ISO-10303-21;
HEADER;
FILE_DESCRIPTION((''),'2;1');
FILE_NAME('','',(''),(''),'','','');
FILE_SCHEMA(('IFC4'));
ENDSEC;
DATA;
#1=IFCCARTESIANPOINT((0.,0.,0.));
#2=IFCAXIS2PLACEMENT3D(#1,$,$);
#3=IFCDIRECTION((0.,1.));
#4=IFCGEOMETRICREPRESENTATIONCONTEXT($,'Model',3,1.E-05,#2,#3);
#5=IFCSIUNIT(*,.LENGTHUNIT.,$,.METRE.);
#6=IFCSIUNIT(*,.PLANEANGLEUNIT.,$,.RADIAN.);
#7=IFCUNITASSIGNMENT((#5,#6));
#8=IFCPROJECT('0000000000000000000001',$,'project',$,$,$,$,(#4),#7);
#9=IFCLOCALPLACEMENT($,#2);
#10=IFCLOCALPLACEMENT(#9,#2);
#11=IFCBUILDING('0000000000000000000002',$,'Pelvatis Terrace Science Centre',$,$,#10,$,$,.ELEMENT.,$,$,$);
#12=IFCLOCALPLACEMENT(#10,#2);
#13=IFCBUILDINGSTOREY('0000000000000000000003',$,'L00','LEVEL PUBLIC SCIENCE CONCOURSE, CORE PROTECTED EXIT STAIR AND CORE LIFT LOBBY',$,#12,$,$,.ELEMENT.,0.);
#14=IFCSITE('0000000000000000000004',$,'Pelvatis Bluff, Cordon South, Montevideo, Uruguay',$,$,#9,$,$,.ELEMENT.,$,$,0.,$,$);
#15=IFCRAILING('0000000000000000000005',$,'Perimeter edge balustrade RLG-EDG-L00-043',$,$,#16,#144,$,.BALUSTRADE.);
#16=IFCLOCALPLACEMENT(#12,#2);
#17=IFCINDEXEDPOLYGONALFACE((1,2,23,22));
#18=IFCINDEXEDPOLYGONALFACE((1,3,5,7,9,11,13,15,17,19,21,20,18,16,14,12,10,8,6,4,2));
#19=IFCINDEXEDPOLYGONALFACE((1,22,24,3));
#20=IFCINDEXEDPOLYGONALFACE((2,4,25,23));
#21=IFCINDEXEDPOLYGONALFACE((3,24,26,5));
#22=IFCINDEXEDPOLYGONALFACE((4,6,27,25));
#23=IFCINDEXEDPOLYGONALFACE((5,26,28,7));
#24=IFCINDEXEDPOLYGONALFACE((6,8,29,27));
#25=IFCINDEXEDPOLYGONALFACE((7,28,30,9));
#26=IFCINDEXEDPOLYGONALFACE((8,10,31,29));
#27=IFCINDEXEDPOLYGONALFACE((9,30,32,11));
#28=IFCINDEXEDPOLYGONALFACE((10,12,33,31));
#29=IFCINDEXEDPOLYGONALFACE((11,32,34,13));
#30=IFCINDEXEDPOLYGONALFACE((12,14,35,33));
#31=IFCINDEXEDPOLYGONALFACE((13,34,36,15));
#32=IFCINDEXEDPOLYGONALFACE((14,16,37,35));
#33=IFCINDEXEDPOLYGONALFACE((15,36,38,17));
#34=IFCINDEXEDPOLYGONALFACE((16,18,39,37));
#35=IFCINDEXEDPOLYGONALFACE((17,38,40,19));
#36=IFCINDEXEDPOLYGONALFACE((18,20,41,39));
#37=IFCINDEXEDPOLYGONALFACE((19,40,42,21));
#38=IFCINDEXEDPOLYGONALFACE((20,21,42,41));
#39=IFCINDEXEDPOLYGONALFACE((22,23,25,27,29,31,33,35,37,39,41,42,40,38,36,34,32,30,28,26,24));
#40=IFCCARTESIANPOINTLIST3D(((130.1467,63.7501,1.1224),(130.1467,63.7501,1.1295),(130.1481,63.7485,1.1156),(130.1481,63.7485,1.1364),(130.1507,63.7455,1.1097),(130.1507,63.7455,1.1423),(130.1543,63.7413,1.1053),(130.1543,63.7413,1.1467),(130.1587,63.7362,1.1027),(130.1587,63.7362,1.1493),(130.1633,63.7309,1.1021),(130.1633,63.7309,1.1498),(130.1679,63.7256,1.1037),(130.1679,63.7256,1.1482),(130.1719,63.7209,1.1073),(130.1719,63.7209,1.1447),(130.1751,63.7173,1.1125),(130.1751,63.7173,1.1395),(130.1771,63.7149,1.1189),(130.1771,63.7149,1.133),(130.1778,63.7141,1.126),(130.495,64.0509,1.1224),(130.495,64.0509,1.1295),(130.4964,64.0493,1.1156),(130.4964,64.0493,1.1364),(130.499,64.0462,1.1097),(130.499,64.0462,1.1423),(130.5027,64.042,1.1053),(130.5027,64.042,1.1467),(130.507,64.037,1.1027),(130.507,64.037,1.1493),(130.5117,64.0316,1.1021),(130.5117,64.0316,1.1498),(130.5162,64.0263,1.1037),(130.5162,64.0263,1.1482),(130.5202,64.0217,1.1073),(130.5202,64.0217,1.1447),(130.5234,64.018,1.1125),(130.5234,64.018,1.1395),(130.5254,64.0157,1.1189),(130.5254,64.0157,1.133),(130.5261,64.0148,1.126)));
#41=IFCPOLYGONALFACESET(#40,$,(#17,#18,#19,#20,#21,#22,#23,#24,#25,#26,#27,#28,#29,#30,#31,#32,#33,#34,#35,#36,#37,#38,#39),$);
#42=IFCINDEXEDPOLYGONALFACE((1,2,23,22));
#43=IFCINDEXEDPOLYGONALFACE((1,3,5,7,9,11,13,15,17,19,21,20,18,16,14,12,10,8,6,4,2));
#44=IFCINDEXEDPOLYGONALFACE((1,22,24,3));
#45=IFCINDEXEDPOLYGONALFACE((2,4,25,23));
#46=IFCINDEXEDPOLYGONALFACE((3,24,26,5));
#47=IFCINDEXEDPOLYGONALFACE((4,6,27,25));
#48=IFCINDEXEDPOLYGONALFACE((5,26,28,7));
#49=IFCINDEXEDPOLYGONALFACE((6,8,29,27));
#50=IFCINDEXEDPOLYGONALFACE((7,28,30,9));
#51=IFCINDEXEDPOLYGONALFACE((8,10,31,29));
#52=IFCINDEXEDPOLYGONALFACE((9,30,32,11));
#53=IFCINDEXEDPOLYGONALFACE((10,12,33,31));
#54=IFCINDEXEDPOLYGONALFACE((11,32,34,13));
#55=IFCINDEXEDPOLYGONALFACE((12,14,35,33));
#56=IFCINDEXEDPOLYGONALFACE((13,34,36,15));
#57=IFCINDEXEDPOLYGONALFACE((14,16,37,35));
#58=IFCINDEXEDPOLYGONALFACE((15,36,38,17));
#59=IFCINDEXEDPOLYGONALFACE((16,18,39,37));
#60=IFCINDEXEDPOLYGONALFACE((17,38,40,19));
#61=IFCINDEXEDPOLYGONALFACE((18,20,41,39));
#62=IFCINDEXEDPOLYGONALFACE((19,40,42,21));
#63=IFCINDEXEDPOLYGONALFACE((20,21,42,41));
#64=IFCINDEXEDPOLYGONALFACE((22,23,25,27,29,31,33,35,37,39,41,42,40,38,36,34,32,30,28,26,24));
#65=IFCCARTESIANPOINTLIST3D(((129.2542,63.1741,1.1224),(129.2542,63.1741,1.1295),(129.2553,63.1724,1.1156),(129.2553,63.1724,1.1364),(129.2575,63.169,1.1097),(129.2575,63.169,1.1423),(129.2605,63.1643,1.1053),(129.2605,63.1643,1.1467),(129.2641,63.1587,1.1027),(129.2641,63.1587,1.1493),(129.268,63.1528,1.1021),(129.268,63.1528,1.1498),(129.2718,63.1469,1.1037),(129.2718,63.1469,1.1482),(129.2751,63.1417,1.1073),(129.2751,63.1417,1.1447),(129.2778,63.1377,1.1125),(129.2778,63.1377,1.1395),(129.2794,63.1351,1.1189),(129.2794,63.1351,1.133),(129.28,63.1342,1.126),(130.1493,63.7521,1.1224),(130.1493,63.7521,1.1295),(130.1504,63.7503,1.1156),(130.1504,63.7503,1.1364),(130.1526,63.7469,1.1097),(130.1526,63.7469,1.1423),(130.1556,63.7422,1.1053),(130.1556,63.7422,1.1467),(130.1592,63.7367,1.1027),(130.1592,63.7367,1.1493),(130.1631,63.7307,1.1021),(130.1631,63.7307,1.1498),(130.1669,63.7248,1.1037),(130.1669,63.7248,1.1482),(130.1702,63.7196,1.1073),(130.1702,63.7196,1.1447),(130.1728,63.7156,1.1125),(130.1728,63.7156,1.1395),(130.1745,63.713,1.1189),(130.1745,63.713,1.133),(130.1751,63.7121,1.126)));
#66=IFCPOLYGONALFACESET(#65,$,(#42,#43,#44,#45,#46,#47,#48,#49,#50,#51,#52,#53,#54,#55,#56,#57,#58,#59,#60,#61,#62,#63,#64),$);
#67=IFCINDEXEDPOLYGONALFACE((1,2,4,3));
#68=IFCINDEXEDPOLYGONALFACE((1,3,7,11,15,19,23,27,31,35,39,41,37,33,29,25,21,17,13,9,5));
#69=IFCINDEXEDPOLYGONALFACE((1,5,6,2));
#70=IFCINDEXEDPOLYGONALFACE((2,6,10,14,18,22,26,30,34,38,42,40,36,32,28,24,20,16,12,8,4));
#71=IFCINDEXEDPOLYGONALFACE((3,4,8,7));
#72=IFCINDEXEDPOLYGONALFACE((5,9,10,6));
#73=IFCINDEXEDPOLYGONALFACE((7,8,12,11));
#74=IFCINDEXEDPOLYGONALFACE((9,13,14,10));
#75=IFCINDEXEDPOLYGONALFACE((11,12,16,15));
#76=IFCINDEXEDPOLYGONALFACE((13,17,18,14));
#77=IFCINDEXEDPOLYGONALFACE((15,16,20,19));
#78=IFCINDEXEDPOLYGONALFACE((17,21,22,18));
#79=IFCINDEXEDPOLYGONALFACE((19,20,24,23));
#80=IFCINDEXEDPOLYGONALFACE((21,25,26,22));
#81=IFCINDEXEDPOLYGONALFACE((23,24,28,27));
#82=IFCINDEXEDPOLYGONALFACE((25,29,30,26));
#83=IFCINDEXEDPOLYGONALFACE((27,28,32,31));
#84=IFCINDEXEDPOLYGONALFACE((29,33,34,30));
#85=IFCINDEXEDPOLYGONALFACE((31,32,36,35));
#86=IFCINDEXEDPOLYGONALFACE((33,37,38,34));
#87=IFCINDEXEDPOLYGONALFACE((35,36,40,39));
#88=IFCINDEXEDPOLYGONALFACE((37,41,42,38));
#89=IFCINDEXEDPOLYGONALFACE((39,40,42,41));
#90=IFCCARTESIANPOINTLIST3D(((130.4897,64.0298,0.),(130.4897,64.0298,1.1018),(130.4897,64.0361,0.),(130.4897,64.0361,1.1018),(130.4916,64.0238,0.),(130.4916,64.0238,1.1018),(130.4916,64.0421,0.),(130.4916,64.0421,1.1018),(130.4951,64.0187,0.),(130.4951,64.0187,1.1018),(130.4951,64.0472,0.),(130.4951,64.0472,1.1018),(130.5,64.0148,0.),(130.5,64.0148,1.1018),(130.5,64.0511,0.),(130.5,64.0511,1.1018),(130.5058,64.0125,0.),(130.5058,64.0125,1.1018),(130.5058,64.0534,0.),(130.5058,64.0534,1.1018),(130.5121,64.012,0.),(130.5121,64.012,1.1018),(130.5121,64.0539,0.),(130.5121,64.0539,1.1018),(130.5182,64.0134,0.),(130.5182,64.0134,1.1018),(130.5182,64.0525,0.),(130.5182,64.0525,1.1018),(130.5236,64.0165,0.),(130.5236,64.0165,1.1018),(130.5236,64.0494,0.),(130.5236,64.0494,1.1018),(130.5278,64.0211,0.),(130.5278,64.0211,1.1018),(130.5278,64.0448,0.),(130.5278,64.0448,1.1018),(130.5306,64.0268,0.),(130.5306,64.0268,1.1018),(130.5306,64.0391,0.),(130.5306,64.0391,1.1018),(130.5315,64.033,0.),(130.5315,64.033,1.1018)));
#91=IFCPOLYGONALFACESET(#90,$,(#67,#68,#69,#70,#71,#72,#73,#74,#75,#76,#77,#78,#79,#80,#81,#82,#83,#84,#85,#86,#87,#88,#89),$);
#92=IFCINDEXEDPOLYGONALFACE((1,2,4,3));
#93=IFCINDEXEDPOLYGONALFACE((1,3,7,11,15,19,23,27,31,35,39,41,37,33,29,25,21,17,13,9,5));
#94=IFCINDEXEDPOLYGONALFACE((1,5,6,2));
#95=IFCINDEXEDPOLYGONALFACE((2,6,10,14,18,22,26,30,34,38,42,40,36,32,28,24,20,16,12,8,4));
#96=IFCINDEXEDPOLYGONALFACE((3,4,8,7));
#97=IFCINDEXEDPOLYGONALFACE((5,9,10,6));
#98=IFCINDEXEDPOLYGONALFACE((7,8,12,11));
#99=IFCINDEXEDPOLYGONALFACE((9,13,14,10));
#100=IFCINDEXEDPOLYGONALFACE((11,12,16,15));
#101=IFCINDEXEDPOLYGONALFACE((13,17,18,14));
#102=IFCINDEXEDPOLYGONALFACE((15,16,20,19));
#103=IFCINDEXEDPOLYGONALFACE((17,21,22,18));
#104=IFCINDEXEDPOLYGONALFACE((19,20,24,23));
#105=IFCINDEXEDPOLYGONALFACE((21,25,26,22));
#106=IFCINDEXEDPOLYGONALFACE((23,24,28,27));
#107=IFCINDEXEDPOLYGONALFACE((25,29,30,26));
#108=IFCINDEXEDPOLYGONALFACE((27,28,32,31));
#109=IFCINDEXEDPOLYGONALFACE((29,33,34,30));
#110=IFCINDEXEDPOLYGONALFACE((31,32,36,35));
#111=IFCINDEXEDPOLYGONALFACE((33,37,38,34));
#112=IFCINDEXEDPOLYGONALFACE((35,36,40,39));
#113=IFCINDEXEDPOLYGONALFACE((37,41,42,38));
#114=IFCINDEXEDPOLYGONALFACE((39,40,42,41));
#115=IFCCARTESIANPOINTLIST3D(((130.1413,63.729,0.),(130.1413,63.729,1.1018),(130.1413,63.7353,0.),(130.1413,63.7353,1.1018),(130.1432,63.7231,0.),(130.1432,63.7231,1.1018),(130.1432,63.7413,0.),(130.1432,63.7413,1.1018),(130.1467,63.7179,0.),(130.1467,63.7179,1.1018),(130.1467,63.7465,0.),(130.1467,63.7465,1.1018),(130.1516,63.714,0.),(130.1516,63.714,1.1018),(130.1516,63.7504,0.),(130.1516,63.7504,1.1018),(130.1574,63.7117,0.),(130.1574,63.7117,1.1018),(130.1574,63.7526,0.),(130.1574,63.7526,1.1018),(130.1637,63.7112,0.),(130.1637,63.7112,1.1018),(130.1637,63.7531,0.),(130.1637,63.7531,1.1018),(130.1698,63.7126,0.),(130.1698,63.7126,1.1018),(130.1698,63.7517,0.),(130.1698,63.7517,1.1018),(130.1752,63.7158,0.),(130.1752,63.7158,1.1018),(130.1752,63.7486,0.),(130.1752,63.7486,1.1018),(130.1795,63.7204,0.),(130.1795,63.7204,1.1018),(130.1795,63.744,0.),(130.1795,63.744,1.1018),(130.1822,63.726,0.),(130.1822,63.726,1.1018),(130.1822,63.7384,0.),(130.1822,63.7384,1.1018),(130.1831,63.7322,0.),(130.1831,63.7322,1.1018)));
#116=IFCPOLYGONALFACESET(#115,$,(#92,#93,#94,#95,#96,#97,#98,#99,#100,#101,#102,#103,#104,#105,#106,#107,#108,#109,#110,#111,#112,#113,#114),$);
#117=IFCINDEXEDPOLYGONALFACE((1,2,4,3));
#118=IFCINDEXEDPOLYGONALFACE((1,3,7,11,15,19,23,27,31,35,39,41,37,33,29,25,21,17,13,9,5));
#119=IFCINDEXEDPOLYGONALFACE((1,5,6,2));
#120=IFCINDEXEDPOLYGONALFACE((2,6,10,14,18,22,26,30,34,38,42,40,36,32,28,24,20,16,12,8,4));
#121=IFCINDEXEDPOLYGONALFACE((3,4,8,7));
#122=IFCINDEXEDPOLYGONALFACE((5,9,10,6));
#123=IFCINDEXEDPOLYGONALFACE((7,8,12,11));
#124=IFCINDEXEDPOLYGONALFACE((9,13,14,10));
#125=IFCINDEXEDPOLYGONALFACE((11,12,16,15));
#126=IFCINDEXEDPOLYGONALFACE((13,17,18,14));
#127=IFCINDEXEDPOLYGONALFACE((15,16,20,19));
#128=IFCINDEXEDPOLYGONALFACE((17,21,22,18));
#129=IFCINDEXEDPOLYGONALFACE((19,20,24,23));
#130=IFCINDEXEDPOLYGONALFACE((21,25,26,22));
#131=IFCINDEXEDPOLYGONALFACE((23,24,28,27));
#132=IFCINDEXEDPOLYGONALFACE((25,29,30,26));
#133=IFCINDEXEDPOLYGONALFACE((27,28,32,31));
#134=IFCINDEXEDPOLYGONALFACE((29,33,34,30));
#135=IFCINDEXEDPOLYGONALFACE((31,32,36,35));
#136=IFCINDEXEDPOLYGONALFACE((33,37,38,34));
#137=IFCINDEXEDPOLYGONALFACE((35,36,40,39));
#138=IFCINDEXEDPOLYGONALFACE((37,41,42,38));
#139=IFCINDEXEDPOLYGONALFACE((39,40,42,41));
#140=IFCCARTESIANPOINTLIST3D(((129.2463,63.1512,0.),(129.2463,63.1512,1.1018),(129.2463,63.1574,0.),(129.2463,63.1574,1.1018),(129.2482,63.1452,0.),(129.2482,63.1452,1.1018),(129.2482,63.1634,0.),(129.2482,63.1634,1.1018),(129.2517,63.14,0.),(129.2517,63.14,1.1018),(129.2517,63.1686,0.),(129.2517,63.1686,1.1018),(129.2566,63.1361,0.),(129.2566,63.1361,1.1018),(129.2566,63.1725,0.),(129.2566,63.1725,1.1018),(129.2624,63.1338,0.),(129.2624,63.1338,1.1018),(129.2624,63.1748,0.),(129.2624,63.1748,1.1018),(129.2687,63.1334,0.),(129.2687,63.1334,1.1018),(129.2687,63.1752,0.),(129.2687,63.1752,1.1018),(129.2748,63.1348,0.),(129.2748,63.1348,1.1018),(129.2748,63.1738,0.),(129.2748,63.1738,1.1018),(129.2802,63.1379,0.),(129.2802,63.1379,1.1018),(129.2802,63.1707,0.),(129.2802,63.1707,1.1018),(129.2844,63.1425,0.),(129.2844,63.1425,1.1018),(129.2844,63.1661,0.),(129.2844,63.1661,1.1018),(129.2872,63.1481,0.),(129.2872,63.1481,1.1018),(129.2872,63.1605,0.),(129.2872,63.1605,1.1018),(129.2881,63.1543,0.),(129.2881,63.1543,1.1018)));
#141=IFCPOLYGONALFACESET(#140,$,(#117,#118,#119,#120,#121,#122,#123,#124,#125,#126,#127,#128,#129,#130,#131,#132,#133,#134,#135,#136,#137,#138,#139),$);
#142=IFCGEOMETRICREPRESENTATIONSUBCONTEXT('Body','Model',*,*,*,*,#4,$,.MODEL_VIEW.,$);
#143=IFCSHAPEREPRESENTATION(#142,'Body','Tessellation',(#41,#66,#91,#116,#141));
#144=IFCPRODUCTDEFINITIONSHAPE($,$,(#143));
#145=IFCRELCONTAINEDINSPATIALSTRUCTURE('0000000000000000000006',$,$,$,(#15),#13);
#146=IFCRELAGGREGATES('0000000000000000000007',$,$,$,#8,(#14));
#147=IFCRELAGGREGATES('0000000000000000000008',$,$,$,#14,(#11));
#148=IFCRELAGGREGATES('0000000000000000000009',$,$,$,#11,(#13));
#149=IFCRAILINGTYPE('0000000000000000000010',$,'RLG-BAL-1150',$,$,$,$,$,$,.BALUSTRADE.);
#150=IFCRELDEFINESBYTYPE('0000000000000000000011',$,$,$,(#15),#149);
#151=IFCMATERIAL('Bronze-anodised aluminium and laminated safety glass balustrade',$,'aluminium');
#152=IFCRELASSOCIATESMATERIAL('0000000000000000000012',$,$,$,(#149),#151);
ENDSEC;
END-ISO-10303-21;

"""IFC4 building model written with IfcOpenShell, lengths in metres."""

from ifc_helpers import new_model, si_unit, direction, frame, origin, origin_2d, place, context, subcontext, project, spatial, circle, extrude, material, type_object, element, save


model = new_model("IFC4")

# Units and contexts
model_context = context("Model", 3, precision=1e-05, world=origin(), true_north=direction((0.0, 1.0)))
body_context = subcontext(model_context, "Body", "Model", "MODEL_VIEW")
ifc_project = project(units=[si_unit("LENGTHUNIT", "METRE"), si_unit("PLANEANGLEUNIT", "RADIAN")], contexts=[model_context])

# Site, building, storey
site_placement = place(None, origin())
site = spatial("IfcSite", under=ifc_project, at=site_placement, Name="Pelvatis Bluff, Cordon South, Montevideo, Uruguay", CompositionType="ELEMENT", RefElevation=0.0)
building_placement = place(site_placement, origin())
building = spatial("IfcBuilding", under=site, at=building_placement, Name="Pelvatis Terrace Science Centre", CompositionType="ELEMENT")
storey_placement = place(building_placement, origin())
storey = spatial("IfcBuildingStorey", under=building, at=storey_placement, Name="L00", Description="LEVEL PUBLIC SCIENCE CONCOURSE, CORE PROTECTED EXIT STAIR AND CORE LIFT LOBBY", CompositionType="ELEMENT", Elevation=0.0)

# Railing
ifc_material_1 = material(Name="Bronze-anodised aluminium and laminated safety glass balustrade", Category="aluminium")
railing_type = type_object("IfcRailingType", Name="RLG-BAL-1150", PredefinedType="BALUSTRADE", material=ifc_material_1)
railing_placement = place(storey_placement, frame((130.5105, 64.033, 0.0)))
element("IfcRailing", 1, at=railing_placement, inside=storey, type_object=railing_type, Name="Perimeter edge balustrade RLG-EDG-L00-043", PredefinedType="BALUSTRADE", context=body_context, shape_type="SweptSolid", body=[
    extrude(circle(Radius=0.0239, at=origin_2d()), frame((0.0, 0.0, 1.126), z_axis=(-0.75693, -0.653496, 0.0), x_axis=(0.653496, -0.75693, 0.0)), (0.0, 0.0, 1.0), 0.4602),
    extrude(circle(Radius=0.0239, at=origin_2d()), frame((-0.3484, -0.3008, 1.126), z_axis=(-0.840105, -0.542424, 0.0), x_axis=(0.542424, -0.840105, 0.0)), (0.0, 0.0, 1.0), 1.0654),
    extrude(circle(Radius=0.021, at=origin_2d()), origin(), (0.0, 0.0, 1.0), 1.1018),
    extrude(circle(Radius=0.021, at=origin_2d()), frame((-0.3484, -0.3008, 0.0)), (0.0, 0.0, 1.0), 1.1018),
    extrude(circle(Radius=0.021, at=origin_2d()), frame((-1.2434, -0.8787, 0.0)), (0.0, 0.0, 1.0), 1.1018),
])

save(model, "model.ifc")
